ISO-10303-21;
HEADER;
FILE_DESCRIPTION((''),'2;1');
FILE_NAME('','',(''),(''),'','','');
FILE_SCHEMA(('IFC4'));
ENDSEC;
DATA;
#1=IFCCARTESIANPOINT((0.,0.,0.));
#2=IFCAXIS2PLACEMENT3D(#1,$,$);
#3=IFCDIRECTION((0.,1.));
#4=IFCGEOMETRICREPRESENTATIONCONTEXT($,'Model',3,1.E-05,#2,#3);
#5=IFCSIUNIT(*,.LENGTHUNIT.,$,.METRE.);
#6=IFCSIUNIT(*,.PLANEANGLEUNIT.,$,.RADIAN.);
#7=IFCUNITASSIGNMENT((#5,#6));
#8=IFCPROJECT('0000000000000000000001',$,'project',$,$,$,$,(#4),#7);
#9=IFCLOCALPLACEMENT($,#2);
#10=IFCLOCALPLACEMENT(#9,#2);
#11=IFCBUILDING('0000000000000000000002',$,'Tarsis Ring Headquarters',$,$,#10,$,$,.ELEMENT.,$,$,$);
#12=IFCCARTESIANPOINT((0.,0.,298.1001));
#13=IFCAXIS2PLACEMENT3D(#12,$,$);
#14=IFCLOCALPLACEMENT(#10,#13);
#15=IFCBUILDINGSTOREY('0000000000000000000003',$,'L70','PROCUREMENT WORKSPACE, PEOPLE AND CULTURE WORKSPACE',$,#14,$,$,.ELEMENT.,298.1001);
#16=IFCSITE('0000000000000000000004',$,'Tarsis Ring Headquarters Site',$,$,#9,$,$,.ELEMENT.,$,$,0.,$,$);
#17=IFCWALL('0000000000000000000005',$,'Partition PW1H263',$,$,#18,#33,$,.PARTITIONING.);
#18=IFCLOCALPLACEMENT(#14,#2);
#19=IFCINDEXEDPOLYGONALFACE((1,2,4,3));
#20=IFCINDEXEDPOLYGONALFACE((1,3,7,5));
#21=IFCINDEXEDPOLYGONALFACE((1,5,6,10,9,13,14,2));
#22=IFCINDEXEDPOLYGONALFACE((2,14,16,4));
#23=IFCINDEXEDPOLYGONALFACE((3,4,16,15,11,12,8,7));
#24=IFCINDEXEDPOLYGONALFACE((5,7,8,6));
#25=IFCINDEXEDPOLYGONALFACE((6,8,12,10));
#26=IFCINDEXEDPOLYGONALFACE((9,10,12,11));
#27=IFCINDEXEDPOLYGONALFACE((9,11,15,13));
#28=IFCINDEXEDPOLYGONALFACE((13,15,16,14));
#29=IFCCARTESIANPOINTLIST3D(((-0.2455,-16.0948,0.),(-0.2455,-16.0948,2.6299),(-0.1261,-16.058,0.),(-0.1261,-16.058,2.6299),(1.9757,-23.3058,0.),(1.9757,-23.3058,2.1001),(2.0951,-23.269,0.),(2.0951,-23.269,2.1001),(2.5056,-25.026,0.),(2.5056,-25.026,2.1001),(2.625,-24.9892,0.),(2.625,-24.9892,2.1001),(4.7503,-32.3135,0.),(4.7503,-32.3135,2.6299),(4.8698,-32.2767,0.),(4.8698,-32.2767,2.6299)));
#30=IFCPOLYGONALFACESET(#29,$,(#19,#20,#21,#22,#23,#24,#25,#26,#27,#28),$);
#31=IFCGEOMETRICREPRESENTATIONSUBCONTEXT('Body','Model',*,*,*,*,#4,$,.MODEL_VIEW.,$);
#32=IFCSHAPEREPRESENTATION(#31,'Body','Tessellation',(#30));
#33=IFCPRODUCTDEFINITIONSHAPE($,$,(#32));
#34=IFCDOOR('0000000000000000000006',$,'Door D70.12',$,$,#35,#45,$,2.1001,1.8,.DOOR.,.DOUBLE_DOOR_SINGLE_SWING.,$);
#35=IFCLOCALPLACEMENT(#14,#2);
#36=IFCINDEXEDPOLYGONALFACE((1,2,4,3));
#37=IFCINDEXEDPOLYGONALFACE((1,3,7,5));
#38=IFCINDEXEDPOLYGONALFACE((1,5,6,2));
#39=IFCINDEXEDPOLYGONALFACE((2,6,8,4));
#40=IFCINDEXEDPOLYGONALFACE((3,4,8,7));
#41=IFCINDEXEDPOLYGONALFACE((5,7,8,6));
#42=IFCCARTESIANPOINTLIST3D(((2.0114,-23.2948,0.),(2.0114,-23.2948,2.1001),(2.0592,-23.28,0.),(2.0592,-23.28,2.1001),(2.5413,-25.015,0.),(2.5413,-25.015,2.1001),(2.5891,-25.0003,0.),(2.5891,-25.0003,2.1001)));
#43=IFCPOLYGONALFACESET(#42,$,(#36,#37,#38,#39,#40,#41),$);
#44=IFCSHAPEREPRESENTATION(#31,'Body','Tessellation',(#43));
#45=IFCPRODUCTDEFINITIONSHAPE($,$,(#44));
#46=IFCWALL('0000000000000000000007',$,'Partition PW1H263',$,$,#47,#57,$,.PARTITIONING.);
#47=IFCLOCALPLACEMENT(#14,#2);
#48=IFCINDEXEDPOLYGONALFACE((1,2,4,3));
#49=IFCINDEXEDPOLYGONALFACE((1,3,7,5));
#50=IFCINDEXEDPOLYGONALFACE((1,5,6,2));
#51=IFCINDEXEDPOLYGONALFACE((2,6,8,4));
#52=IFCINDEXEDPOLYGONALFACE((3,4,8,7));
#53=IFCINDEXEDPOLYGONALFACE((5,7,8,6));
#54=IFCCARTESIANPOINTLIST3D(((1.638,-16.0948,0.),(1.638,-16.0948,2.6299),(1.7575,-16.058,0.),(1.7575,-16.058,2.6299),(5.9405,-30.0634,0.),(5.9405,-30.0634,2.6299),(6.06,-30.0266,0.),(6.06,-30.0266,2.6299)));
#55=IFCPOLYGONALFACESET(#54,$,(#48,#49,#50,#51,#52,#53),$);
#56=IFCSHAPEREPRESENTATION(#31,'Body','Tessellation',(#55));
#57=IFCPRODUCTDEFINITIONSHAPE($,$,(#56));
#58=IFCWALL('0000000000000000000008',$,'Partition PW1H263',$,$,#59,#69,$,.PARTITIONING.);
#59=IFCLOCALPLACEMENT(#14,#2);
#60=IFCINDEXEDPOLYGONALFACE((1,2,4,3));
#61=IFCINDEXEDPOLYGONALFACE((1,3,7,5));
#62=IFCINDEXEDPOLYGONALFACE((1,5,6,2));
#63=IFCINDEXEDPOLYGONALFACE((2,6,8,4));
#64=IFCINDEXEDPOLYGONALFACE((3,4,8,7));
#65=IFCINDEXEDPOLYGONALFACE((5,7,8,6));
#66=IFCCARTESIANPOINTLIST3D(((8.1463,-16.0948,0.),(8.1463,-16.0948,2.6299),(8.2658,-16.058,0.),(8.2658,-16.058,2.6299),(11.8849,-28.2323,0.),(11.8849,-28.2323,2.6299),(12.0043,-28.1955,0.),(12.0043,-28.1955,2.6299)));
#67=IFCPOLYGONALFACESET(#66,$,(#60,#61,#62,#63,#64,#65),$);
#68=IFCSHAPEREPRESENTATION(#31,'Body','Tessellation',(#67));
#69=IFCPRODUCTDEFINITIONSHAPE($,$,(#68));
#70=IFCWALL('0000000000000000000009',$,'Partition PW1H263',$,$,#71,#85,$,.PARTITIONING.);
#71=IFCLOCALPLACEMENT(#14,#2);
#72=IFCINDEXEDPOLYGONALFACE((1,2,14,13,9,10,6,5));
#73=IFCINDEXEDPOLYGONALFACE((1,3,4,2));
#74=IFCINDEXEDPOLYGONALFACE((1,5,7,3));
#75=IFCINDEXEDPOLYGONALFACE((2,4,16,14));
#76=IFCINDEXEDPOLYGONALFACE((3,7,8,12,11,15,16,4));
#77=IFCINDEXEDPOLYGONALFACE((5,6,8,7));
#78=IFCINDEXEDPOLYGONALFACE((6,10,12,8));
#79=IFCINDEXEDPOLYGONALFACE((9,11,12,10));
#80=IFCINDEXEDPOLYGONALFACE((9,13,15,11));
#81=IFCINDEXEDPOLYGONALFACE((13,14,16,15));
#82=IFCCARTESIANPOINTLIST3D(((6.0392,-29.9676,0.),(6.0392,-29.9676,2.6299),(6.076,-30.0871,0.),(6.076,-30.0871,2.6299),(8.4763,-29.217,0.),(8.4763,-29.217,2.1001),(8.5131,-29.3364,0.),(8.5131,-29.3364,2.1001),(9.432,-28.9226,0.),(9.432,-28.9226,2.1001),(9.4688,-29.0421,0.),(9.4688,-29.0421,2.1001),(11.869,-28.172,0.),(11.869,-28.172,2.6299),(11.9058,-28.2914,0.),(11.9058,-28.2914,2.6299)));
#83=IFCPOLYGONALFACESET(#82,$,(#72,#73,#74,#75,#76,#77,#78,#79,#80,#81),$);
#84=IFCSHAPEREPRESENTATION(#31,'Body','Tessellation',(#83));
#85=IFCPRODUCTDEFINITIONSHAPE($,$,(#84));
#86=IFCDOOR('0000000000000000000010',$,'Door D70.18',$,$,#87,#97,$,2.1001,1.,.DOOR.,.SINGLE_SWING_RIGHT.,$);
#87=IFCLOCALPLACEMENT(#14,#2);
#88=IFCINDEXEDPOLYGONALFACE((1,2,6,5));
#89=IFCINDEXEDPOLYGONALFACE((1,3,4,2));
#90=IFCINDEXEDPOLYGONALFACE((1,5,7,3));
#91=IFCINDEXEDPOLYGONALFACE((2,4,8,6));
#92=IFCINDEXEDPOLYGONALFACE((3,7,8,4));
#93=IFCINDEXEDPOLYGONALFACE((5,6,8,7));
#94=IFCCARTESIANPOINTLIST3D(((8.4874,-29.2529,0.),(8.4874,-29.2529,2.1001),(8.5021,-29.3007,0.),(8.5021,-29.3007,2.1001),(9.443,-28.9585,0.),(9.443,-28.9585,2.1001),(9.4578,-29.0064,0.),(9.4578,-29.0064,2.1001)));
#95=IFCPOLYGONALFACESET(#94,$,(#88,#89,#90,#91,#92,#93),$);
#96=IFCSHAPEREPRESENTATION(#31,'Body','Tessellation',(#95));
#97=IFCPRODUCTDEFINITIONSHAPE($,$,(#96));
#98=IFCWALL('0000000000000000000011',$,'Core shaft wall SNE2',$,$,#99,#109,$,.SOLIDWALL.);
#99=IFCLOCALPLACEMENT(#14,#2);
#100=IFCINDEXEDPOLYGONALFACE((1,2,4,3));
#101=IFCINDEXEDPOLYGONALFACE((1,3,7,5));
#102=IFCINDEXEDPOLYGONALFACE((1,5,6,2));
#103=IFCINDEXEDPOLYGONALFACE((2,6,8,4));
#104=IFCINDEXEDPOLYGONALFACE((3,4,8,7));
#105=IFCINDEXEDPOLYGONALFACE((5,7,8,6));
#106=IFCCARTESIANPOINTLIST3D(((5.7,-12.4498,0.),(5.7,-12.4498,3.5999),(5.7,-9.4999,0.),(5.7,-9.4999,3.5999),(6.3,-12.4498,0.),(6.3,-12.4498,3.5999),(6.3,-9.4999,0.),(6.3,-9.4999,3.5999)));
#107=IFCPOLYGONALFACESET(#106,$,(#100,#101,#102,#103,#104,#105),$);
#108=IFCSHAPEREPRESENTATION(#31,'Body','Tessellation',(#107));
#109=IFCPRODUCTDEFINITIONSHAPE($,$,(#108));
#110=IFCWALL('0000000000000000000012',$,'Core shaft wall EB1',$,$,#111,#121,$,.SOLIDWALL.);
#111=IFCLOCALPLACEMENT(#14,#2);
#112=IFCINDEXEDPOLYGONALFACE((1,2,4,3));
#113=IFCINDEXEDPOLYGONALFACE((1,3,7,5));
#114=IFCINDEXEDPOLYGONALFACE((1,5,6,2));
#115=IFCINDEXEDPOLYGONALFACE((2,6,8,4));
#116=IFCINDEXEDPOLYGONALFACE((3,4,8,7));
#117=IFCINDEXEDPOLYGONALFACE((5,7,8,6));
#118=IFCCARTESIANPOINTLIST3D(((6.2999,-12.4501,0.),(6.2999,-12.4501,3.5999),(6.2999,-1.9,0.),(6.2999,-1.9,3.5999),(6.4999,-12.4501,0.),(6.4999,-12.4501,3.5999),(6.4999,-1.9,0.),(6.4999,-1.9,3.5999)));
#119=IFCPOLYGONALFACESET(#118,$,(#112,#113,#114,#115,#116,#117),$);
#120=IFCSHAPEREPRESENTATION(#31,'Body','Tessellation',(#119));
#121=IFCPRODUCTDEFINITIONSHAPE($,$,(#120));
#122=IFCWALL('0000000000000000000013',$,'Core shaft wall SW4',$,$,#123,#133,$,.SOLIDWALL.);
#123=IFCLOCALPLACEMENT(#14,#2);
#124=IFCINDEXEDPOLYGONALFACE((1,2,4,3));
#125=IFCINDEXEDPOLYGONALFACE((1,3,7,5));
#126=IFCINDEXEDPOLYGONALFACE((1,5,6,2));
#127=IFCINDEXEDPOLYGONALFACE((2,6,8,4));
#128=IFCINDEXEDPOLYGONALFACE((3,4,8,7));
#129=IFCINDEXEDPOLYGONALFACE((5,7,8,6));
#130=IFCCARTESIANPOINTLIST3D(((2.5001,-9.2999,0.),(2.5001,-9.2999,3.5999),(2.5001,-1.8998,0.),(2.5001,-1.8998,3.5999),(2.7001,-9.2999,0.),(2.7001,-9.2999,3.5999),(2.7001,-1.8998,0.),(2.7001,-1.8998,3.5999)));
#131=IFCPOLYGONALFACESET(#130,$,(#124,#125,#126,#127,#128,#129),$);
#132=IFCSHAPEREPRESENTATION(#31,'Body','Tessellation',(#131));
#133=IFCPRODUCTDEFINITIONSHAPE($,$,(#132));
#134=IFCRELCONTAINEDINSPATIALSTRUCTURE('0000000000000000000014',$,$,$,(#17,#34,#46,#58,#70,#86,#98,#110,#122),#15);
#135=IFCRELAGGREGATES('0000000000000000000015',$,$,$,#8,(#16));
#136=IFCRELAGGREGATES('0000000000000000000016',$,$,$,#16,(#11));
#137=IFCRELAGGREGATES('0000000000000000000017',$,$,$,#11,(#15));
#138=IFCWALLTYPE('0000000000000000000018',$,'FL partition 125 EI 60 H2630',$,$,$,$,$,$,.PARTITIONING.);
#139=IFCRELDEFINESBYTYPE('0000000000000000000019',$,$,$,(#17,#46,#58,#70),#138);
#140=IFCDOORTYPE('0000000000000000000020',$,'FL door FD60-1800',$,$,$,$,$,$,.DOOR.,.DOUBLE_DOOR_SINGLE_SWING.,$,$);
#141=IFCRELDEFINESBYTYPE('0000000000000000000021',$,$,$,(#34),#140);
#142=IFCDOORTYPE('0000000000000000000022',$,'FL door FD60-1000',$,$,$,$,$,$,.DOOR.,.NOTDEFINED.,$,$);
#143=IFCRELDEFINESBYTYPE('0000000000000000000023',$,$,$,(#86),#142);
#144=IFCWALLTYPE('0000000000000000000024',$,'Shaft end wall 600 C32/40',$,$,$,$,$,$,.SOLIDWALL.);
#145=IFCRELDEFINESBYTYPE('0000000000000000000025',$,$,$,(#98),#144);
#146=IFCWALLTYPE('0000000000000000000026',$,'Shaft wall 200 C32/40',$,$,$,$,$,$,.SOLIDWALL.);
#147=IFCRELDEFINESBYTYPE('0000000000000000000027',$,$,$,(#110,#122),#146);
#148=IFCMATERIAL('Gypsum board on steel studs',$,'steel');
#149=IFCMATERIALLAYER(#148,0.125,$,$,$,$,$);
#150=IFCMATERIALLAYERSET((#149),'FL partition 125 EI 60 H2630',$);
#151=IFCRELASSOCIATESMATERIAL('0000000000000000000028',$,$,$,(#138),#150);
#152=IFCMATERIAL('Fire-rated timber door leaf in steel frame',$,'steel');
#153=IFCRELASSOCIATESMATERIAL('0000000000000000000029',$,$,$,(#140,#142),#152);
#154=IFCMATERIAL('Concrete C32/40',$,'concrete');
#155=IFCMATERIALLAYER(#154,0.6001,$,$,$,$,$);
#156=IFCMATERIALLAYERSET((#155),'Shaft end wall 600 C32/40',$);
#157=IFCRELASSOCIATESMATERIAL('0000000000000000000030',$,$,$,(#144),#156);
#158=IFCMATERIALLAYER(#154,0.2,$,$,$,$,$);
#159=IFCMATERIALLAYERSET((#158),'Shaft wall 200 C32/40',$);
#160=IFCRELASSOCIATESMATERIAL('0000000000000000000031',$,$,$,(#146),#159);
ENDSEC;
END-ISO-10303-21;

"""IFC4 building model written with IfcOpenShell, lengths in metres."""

from ifc_helpers import new_model, si_unit, direction, frame, frame_2d, origin, place, context, subcontext, project, spatial, rectangle, extrude, material, layer, layer_set, type_object, element, fill, save


model = new_model("IFC4")

# Units and contexts
model_context = context("Model", 3, precision=1e-05, world=origin(), true_north=direction((0.0, 1.0)))
body_context = subcontext(model_context, "Body", "Model", "MODEL_VIEW")
ifc_project = project(units=[si_unit("LENGTHUNIT", "METRE"), si_unit("PLANEANGLEUNIT", "RADIAN")], contexts=[model_context])

# Site, building, storey
site_placement = place(None, origin())
site = spatial("IfcSite", under=ifc_project, at=site_placement, Name="Tarsis Ring Headquarters Site", CompositionType="ELEMENT", RefElevation=0.0)
building_placement = place(site_placement, origin())
building = spatial("IfcBuilding", under=site, at=building_placement, Name="Tarsis Ring Headquarters", CompositionType="ELEMENT")
storey_placement = place(building_placement, frame((0.0, 0.0, 298.1001)))
storey = spatial("IfcBuildingStorey", under=building, at=storey_placement, Name="L70", Description="PROCUREMENT WORKSPACE, PEOPLE AND CULTURE WORKSPACE", CompositionType="ELEMENT", Elevation=298.1001)

# Shared definitions
ifc_material_1 = material(Name="Gypsum board on steel studs", Category="steel")

# Wall, opening, door
ifc_layer_1 = layer(ifc_material_1, 0.125)
ifc_layer_set_1 = layer_set([ifc_layer_1], Name="FL partition 125 EI 60 H2630")
wall_type_1 = type_object("IfcWallType", Name="FL partition 125 EI 60 H2630", PredefinedType="PARTITIONING", material=ifc_layer_set_1)
wall_1_placement = place(storey_placement, frame((-0.1858, -16.0764, 0.0), z_axis=(0.0, 0.0, 1.0), x_axis=(0.29438, -0.955688, 0.0)))
wall_1 = element("IfcWall", 1, at=wall_1_placement, inside=storey, type_object=wall_type_1, Name="Partition PW1H263", PredefinedType="PARTITIONING", context=body_context, shape_type="SweptSolid", body=[
    extrude(rectangle(XDim=16.9707, YDim=0.125, at=frame_2d((8.4854, 0.0))), origin(), (0.0, 0.0, 1.0), 2.6299),
])
opening_1_placement = place(wall_1_placement, frame((7.5454, 0.0, 0.0)))
opening_1 = element("IfcOpeningElement", 2, at=opening_1_placement, cuts=wall_1, PredefinedType="OPENING", context=body_context, shape_type="SweptSolid", body=[
    extrude(rectangle(XDim=1.8, YDim=2.1001, at=frame_2d((0.8999, 1.05))), frame((0.0, 0.0725, 0.0), z_axis=(0.0, -1.0, 0.0), x_axis=(1.0, 0.0, 0.0)), (0.0, 0.0, 1.0), 0.145),
])
ifc_material_2 = material(Name="Fire-rated timber door leaf in steel frame", Category="steel")
door_type_1 = type_object("IfcDoorType", Name="FL door FD60-1800", OperationType="DOUBLE_DOOR_SINGLE_SWING", PredefinedType="DOOR", material=ifc_material_2)
door_1_placement = place(opening_1_placement, origin())
door_1 = element("IfcDoor", 3, at=door_1_placement, inside=storey, type_object=door_type_1, Name="Door D70.12", OperationType="DOUBLE_DOOR_SINGLE_SWING", OverallHeight=2.1001, OverallWidth=1.8, PredefinedType="DOOR", context=body_context, shape_type="SweptSolid", body=[
    extrude(rectangle(XDim=1.8, YDim=2.1001, at=frame_2d((0.8999, 1.05))), frame((0.0, 0.0249, 0.0), z_axis=(0.0, -1.0, 0.0), x_axis=(1.0, 0.0, 0.0)), (0.0, 0.0, 1.0), 0.05),
])
fill(opening_1, door_1)

# Walls
wall_2_placement = place(storey_placement, frame((1.6978, -16.0764, 0.0), z_axis=(0.0, 0.0, 1.0), x_axis=(0.294366, -0.955693, 0.0)))
element("IfcWall", 4, at=wall_2_placement, inside=storey, type_object=wall_type_1, Name="Partition PW1H263", PredefinedType="PARTITIONING", context=body_context, shape_type="SweptSolid", body=[
    extrude(rectangle(XDim=14.6162, YDim=0.125, at=frame_2d((7.3081, 0.0))), origin(), (0.0, 0.0, 1.0), 2.6299),
])
wall_3_placement = place(storey_placement, frame((8.2061, -16.0764, 0.0), z_axis=(0.0, 0.0, 1.0), x_axis=(0.294368, -0.955692, 0.0)))
element("IfcWall", 5, at=wall_3_placement, inside=storey, type_object=wall_type_1, Name="Partition PW1H263", PredefinedType="PARTITIONING", context=body_context, shape_type="SweptSolid", body=[
    extrude(rectangle(XDim=12.7002, YDim=0.125, at=frame_2d((6.3501, 0.0))), origin(), (0.0, 0.0, 1.0), 2.6299),
])

# Wall, opening, door
wall_4_placement = place(storey_placement, frame((6.0576, -30.0273, 0.0), z_axis=(0.0, 0.0, 1.0), x_axis=(0.955693, 0.294364, 0.0)))
wall_4 = element("IfcWall", 6, at=wall_4_placement, inside=storey, type_object=wall_type_1, Name="Partition PW1H263", PredefinedType="PARTITIONING", context=body_context, shape_type="SweptSolid", body=[
    extrude(rectangle(XDim=6.1001, YDim=0.125, at=frame_2d((3.05, 0.0))), origin(), (0.0, 0.0, 1.0), 2.6299),
])
opening_2_placement = place(wall_4_placement, frame((2.55, 0.0, 0.0)))
opening_2 = element("IfcOpeningElement", 7, at=opening_2_placement, cuts=wall_4, PredefinedType="OPENING", context=body_context, shape_type="SweptSolid", body=[
    extrude(rectangle(XDim=1.0, YDim=2.1001, at=frame_2d((0.5, 1.05))), frame((0.0, 0.0725, 0.0), z_axis=(0.0, -1.0, 0.0), x_axis=(1.0, 0.0, 0.0)), (0.0, 0.0, 1.0), 0.145),
])
door_type_2 = type_object("IfcDoorType", Name="FL door FD60-1000", OperationType="NOTDEFINED", PredefinedType="DOOR", material=ifc_material_2)
door_2_placement = place(opening_2_placement, origin())
door_2 = element("IfcDoor", 8, at=door_2_placement, inside=storey, type_object=door_type_2, Name="Door D70.18", OperationType="SINGLE_SWING_RIGHT", OverallHeight=2.1001, OverallWidth=1.0, PredefinedType="DOOR", context=body_context, shape_type="SweptSolid", body=[
    extrude(rectangle(XDim=1.0, YDim=2.1001, at=frame_2d((0.5, 1.05))), frame((0.0, 0.0249, 0.0), z_axis=(0.0, -1.0, 0.0), x_axis=(1.0, 0.0, 0.0)), (0.0, 0.0, 1.0), 0.05),
])
fill(opening_2, door_2)

# Walls
ifc_material_3 = material(Name="Concrete C32/40", Category="concrete")
ifc_layer_2 = layer(ifc_material_3, 0.6001)
ifc_layer_set_2 = layer_set([ifc_layer_2], Name="Shaft end wall 600 C32/40")
wall_type_2 = type_object("IfcWallType", Name="Shaft end wall 600 C32/40", PredefinedType="SOLIDWALL", material=ifc_layer_set_2)
wall_5_placement = place(storey_placement, frame((6.0, -12.45, 0.0), z_axis=(0.0, 0.0, 1.0), x_axis=(0.0, 1.0, 0.0)))
element("IfcWall", 9, at=wall_5_placement, inside=storey, type_object=wall_type_2, Name="Core shaft wall SNE2", PredefinedType="SOLIDWALL", context=body_context, shape_type="SweptSolid", body=[
    extrude(rectangle(XDim=2.95, YDim=0.6001, at=frame_2d((1.4751, 0.0))), origin(), (0.0, 0.0, 1.0), 3.5999),
])
ifc_layer_3 = layer(ifc_material_3, 0.2)
ifc_layer_set_3 = layer_set([ifc_layer_3], Name="Shaft wall 200 C32/40")
wall_type_3 = type_object("IfcWallType", Name="Shaft wall 200 C32/40", PredefinedType="SOLIDWALL", material=ifc_layer_set_3)
wall_6_placement = place(storey_placement, frame((6.3999, -12.45, 0.0), z_axis=(0.0, 0.0, 1.0), x_axis=(0.0, 1.0, 0.0)))
element("IfcWall", 10, at=wall_6_placement, inside=storey, type_object=wall_type_3, Name="Core shaft wall EB1", PredefinedType="SOLIDWALL", context=body_context, shape_type="SweptSolid", body=[
    extrude(rectangle(XDim=10.55, YDim=0.2, at=frame_2d((5.2749, 0.0))), origin(), (0.0, 0.0, 1.0), 3.5999),
])
wall_7_placement = place(storey_placement, frame((2.6001, -9.3, 0.0), z_axis=(0.0, 0.0, 1.0), x_axis=(0.0, 1.0, 0.0)))
element("IfcWall", 11, at=wall_7_placement, inside=storey, type_object=wall_type_3, Name="Core shaft wall SW4", PredefinedType="SOLIDWALL", context=body_context, shape_type="SweptSolid", body=[
    extrude(rectangle(XDim=7.4001, YDim=0.2, at=frame_2d((3.7002, 0.0))), origin(), (0.0, 0.0, 1.0), 3.5999),
])

save(model, "model.ifc")
